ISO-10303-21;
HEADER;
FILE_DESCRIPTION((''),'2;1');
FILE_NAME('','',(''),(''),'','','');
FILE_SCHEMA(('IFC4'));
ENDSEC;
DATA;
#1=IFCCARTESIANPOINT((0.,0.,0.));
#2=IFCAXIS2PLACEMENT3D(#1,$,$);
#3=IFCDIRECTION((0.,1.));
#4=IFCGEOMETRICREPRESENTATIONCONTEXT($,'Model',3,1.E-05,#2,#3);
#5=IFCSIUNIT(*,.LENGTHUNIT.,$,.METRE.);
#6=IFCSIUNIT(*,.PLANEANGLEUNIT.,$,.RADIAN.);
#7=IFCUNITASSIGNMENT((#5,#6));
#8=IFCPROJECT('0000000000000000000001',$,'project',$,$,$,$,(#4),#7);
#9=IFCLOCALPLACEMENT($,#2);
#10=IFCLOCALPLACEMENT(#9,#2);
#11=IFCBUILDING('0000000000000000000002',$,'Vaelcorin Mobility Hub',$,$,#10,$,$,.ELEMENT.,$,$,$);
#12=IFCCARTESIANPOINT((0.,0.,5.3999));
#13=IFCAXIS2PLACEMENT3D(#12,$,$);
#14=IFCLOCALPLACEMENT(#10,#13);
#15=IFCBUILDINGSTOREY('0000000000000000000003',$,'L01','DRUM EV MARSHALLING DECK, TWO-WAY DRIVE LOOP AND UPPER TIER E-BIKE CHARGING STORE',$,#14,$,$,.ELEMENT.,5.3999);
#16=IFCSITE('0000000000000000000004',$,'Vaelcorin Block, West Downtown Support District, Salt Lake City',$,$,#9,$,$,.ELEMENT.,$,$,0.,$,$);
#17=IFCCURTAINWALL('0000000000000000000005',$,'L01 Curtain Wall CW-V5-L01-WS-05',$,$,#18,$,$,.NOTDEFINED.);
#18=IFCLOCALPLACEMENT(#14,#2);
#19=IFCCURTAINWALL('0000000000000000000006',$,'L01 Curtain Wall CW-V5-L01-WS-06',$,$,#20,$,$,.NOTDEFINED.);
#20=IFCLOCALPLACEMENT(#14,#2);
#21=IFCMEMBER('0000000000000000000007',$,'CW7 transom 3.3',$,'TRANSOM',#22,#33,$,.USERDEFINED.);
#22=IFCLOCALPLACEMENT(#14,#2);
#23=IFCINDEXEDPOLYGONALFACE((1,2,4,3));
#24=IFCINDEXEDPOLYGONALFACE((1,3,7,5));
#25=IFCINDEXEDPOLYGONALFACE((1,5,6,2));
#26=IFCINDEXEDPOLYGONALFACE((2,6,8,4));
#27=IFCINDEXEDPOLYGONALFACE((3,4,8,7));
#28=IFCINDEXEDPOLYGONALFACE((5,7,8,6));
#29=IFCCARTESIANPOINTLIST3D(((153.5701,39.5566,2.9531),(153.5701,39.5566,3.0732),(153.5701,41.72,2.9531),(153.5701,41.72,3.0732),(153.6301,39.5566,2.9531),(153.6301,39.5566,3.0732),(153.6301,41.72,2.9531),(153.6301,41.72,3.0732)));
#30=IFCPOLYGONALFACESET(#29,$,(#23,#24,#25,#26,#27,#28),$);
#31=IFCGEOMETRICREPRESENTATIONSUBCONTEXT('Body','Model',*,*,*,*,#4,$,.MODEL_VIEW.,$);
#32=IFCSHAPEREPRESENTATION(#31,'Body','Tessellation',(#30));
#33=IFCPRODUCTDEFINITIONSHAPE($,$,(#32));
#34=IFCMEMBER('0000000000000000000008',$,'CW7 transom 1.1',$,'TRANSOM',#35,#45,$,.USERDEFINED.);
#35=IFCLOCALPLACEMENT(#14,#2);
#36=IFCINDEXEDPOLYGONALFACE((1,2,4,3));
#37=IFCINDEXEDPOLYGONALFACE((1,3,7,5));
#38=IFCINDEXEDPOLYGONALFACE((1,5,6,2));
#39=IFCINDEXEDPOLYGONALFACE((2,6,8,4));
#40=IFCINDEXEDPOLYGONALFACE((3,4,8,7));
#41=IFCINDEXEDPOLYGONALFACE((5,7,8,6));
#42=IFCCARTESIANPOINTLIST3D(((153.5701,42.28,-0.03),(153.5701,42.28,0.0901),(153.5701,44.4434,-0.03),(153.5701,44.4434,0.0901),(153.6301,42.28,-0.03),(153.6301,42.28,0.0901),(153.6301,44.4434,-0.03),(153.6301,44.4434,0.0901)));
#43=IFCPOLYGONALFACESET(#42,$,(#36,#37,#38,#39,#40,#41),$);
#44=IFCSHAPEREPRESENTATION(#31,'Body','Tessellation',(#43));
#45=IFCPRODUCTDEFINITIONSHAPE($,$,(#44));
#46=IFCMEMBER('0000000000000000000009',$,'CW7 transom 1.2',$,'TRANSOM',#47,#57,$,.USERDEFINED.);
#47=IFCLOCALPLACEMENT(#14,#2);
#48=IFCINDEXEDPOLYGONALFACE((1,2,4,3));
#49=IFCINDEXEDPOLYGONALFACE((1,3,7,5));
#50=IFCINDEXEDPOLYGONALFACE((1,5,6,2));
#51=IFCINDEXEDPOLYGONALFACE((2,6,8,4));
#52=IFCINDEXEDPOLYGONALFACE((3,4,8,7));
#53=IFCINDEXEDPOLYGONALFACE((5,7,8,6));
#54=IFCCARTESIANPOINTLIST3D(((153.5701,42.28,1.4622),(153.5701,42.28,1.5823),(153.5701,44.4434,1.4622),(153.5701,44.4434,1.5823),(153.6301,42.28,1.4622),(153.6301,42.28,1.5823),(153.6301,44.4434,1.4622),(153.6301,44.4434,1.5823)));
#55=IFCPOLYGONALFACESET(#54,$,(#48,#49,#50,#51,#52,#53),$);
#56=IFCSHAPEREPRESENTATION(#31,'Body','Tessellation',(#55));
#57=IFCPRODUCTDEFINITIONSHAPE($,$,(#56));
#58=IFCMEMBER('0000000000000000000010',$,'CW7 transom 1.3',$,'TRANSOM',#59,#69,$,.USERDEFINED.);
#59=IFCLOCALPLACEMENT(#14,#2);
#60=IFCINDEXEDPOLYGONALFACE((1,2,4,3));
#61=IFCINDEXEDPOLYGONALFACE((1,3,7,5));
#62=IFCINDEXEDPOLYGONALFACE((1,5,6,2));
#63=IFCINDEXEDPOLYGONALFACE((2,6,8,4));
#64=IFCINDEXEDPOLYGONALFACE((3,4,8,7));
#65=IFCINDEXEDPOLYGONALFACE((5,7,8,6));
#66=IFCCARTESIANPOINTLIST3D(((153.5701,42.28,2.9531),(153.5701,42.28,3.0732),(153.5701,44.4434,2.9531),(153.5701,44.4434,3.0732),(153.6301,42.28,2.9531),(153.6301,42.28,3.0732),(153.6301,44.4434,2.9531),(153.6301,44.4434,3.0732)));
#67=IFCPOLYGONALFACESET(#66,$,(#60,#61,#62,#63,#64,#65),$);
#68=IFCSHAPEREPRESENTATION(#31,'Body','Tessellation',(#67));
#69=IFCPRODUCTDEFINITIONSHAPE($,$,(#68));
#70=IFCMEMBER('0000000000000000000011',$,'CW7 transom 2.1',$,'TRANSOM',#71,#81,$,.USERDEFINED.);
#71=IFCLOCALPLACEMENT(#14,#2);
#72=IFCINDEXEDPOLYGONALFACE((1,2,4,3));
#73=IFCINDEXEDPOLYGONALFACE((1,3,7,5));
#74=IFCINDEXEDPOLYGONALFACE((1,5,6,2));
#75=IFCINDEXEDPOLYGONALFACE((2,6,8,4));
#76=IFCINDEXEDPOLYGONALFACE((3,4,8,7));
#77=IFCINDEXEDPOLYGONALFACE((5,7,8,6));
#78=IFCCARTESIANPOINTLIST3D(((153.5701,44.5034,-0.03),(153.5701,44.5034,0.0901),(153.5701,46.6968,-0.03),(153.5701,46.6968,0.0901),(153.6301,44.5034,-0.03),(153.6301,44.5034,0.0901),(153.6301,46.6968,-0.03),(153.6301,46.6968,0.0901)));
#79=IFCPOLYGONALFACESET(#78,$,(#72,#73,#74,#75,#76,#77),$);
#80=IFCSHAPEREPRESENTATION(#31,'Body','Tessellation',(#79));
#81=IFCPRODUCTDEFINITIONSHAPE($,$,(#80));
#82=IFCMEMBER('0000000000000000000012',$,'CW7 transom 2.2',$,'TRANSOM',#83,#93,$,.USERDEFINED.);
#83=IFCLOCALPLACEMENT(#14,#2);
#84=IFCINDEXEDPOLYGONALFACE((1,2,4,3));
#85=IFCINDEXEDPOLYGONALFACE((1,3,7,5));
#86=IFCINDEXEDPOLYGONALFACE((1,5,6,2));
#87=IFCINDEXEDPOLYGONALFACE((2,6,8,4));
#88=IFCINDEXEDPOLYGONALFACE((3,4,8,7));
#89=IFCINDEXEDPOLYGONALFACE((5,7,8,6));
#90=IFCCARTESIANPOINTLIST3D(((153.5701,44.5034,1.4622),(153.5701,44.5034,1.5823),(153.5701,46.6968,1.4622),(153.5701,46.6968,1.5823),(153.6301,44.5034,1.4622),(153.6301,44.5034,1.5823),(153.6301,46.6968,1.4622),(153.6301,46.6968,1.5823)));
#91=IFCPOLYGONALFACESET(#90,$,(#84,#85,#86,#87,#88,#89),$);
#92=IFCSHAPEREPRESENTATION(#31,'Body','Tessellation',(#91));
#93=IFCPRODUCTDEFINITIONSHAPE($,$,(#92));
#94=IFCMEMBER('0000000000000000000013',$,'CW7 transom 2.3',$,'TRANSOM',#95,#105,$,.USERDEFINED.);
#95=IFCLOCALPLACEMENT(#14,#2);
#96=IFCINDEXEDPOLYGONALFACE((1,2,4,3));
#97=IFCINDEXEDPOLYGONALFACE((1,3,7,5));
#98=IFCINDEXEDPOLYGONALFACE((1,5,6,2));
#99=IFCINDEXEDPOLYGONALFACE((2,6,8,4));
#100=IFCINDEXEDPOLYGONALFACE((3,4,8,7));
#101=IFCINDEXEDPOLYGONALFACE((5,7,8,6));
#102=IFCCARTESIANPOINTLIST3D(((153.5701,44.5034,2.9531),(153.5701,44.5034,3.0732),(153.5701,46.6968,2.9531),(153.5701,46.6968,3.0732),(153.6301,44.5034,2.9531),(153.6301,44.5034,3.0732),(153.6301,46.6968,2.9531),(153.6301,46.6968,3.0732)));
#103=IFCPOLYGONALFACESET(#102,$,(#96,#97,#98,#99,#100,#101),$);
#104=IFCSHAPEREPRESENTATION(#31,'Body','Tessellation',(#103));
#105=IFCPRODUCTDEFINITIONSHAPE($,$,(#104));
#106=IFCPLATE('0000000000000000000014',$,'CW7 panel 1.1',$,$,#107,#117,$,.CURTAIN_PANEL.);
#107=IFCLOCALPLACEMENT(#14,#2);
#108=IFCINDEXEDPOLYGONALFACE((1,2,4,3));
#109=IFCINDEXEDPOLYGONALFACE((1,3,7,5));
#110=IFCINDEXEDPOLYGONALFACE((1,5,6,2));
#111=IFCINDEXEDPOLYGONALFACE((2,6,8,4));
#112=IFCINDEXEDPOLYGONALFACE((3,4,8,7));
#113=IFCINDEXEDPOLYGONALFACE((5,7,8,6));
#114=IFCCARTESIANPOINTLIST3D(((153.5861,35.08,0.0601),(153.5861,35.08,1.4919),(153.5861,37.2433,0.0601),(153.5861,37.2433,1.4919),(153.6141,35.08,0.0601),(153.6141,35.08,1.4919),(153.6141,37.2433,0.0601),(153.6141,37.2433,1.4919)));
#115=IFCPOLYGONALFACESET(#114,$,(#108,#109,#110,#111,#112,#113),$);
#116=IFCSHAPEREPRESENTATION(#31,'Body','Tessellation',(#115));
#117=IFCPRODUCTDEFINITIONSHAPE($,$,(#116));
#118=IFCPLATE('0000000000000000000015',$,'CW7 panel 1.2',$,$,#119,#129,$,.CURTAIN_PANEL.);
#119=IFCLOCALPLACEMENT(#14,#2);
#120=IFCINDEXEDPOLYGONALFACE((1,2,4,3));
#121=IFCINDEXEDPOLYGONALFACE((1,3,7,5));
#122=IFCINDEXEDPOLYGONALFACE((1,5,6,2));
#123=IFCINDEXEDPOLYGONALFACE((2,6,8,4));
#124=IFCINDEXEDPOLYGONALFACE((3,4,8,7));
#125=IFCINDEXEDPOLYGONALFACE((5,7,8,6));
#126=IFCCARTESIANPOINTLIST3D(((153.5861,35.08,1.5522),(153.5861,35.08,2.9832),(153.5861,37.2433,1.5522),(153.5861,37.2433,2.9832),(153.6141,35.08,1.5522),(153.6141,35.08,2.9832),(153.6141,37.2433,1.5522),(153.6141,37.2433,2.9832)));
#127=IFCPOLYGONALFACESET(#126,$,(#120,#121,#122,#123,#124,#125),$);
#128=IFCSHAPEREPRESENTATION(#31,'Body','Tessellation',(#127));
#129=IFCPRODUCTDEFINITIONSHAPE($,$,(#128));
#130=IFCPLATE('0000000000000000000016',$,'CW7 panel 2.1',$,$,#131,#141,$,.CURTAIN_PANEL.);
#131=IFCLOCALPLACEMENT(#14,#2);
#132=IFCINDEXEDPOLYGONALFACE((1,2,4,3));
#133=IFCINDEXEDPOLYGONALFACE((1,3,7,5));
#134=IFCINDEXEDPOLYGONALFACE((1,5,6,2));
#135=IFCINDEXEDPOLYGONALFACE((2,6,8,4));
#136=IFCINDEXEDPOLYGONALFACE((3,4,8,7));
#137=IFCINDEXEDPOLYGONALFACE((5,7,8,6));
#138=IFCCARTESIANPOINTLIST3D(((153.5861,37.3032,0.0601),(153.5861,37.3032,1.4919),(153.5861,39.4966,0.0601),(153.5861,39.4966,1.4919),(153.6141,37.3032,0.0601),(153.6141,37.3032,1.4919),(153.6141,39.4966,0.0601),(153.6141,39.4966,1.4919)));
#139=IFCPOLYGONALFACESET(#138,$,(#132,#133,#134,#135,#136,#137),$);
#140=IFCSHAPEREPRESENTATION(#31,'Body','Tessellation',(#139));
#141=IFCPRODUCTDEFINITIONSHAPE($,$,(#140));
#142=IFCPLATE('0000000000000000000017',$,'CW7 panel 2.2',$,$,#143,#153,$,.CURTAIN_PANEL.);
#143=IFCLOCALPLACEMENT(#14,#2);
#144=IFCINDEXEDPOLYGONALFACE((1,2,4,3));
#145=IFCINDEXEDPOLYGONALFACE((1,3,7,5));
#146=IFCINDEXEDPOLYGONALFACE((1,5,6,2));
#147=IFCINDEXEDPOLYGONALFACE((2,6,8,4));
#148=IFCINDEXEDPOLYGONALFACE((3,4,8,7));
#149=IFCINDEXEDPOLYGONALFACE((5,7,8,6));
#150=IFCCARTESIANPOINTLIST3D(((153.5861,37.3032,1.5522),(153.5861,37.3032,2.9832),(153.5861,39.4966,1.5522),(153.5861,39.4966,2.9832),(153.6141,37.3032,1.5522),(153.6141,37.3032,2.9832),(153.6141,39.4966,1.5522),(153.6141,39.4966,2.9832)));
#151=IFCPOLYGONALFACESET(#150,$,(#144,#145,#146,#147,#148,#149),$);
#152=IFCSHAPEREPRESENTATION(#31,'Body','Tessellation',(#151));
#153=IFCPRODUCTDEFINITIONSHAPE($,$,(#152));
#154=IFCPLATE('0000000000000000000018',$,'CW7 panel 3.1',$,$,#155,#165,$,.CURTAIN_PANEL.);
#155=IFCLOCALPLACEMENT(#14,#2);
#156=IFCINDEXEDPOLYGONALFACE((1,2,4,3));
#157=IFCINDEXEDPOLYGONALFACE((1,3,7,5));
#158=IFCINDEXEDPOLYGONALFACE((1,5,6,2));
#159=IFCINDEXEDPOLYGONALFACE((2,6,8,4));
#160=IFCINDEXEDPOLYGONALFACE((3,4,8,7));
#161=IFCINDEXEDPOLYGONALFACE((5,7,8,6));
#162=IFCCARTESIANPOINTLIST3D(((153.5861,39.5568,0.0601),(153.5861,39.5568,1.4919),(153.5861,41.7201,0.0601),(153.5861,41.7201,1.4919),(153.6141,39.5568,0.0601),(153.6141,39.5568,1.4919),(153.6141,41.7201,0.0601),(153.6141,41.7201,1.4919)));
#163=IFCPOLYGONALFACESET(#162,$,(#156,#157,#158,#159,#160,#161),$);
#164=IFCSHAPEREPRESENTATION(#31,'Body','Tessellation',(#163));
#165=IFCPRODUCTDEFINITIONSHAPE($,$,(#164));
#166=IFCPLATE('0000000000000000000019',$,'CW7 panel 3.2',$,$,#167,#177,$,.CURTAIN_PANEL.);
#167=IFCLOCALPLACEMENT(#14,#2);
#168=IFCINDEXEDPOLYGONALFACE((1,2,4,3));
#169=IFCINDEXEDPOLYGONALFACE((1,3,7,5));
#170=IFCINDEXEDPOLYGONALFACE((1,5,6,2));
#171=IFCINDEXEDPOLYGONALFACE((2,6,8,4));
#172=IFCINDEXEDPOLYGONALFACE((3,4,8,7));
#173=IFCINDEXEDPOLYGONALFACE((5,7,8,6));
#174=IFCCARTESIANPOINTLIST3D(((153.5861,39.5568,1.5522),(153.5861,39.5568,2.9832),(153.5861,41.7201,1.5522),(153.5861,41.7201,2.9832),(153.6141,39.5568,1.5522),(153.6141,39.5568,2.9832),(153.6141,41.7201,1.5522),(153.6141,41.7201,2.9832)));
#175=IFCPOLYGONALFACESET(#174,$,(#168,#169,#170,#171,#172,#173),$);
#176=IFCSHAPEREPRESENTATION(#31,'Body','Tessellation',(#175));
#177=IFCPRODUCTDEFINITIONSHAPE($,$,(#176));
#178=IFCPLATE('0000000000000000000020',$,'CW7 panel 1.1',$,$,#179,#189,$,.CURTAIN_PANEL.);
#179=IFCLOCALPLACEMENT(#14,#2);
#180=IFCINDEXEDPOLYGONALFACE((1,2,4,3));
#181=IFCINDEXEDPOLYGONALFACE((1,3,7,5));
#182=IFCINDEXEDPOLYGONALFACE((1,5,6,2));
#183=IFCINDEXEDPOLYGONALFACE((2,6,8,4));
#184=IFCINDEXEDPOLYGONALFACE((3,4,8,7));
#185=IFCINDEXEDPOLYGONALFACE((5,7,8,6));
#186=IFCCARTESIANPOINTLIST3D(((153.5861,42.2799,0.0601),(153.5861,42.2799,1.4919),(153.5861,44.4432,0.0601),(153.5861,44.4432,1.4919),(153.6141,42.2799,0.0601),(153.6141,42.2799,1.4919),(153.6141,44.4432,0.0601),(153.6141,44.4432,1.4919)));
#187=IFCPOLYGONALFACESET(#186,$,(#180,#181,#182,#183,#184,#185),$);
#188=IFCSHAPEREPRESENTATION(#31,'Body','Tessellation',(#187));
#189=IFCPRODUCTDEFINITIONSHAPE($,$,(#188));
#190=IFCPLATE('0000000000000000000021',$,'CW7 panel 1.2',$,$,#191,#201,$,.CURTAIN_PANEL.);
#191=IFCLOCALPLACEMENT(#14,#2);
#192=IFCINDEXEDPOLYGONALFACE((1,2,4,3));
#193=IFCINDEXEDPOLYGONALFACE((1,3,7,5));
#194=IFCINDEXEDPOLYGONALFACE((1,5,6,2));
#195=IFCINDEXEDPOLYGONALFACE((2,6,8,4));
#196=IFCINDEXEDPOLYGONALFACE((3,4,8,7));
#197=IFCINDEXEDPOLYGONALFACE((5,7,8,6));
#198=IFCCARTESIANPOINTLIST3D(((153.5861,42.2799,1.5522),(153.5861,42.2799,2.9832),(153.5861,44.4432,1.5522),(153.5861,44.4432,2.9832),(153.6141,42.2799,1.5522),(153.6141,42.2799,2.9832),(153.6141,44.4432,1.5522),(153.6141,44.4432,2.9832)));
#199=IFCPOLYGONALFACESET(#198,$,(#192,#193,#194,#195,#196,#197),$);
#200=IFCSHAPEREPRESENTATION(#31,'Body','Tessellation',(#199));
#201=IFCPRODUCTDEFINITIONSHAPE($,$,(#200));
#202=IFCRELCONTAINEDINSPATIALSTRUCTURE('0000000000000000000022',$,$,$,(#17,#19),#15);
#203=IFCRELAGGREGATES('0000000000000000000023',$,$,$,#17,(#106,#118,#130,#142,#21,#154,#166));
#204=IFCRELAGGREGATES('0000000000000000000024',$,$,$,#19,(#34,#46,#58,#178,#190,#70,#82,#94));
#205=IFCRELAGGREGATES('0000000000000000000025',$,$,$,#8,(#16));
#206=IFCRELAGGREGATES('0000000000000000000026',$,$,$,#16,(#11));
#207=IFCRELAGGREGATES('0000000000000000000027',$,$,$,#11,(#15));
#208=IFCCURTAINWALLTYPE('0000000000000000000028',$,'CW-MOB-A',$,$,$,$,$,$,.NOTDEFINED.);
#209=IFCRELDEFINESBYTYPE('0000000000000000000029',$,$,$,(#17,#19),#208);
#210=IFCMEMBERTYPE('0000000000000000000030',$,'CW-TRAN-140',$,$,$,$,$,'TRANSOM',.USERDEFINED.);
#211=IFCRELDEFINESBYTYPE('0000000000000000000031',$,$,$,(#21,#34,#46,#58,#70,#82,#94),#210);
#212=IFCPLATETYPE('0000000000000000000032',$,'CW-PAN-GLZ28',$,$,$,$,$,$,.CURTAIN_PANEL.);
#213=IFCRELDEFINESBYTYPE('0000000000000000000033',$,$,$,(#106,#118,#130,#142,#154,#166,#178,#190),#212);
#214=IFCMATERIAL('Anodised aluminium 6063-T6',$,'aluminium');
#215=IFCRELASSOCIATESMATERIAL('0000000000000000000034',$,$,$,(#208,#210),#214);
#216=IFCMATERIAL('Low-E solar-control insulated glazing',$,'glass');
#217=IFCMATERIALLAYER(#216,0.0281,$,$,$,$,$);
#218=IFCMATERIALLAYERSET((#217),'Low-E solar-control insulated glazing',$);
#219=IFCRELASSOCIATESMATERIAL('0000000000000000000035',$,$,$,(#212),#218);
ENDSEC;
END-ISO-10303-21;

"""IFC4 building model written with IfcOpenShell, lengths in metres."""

from ifc_helpers import new_model, si_unit, direction, frame, origin, origin_2d, place, context, subcontext, project, spatial, rectangle, extrude, material, layer, layer_set, material_profile, profile_set, type_object, element, aggregate, save


model = new_model("IFC4")

# Units and contexts
model_context = context("Model", 3, precision=1e-05, world=origin(), true_north=direction((0.0, 1.0)))
body_context = subcontext(model_context, "Body", "Model", "MODEL_VIEW")
ifc_project = project(units=[si_unit("LENGTHUNIT", "METRE"), si_unit("PLANEANGLEUNIT", "RADIAN")], contexts=[model_context])

# Site, building, storey
site_placement = place(None, origin())
site = spatial("IfcSite", under=ifc_project, at=site_placement, Name="Vaelcorin Block, West Downtown Support District, Salt Lake City", CompositionType="ELEMENT", RefElevation=0.0)
building_placement = place(site_placement, origin())
building = spatial("IfcBuilding", under=site, at=building_placement, Name="Vaelcorin Mobility Hub", CompositionType="ELEMENT")
storey_placement = place(building_placement, frame((0.0, 0.0, 5.3999)))
storey = spatial("IfcBuildingStorey", under=building, at=storey_placement, Name="L01", Description="DRUM EV MARSHALLING DECK, TWO-WAY DRIVE LOOP AND UPPER TIER E-BIKE CHARGING STORE", CompositionType="ELEMENT", Elevation=5.3999)

# Shared definitions
ifc_material_1 = material(Name="Anodised aluminium 6063-T6", Category="aluminium")
curtain_wall_type = type_object("IfcCurtainWallType", Name="CW-MOB-A", PredefinedType="NOTDEFINED", material=ifc_material_1)

# Curtain walls
curtain_wall_1_placement = place(storey_placement, origin())
curtain_wall_1 = element("IfcCurtainWall", 1, at=curtain_wall_1_placement, inside=storey, type_object=curtain_wall_type, Name="L01 Curtain Wall CW-V5-L01-WS-05", PredefinedType="NOTDEFINED")
curtain_wall_2_placement = place(storey_placement, origin())
curtain_wall_2 = element("IfcCurtainWall", 2, at=curtain_wall_2_placement, inside=storey, type_object=curtain_wall_type, Name="L01 Curtain Wall CW-V5-L01-WS-06", PredefinedType="NOTDEFINED")

# Members
ifc_material_profile_1 = material_profile(ifc_material_1, rectangle(XDim=0.0601, YDim=0.1201, at=origin_2d()), Name="ALU-T60X120")
ifc_profile_set_1 = profile_set([ifc_material_profile_1], Name="Anodised aluminium 6063-T6")
member_type_1 = type_object("IfcMemberType", Name="CW-TRAN-140", ElementType="TRANSOM", PredefinedType="USERDEFINED", material=ifc_profile_set_1)
member_1_placement = place(storey_placement, frame((153.6001, 39.5566, 3.0132), z_axis=(0.0, 1.0, 0.0), x_axis=(-1.0, 0.0, 0.0)))
member_1 = element("IfcMember", 3, at=member_1_placement, type_object=member_type_1, Name="CW7 transom 3.3", ObjectType="TRANSOM", PredefinedType="USERDEFINED", context=body_context, shape_type="SweptSolid", body=[
    extrude(rectangle(XDim=0.0601, YDim=0.1201, at=origin_2d()), origin(), (0.0, 0.0, 1.0), 2.1633),
])
member_2_placement = place(storey_placement, frame((153.6001, 42.28, 0.03), z_axis=(0.0, 1.0, 0.0), x_axis=(-1.0, 0.0, 0.0)))
member_2 = element("IfcMember", 4, at=member_2_placement, type_object=member_type_1, Name="CW7 transom 1.1", ObjectType="TRANSOM", PredefinedType="USERDEFINED", context=body_context, shape_type="SweptSolid", body=[
    extrude(rectangle(XDim=0.0601, YDim=0.1201, at=origin_2d()), origin(), (0.0, 0.0, 1.0), 2.1633),
])
member_3_placement = place(storey_placement, frame((153.6001, 42.28, 1.5222), z_axis=(0.0, 1.0, 0.0), x_axis=(-1.0, 0.0, 0.0)))
member_3 = element("IfcMember", 5, at=member_3_placement, type_object=member_type_1, Name="CW7 transom 1.2", ObjectType="TRANSOM", PredefinedType="USERDEFINED", context=body_context, shape_type="SweptSolid", body=[
    extrude(rectangle(XDim=0.0601, YDim=0.1201, at=origin_2d()), origin(), (0.0, 0.0, 1.0), 2.1633),
])
member_4_placement = place(storey_placement, frame((153.6001, 42.28, 3.0132), z_axis=(0.0, 1.0, 0.0), x_axis=(-1.0, 0.0, 0.0)))
member_4 = element("IfcMember", 6, at=member_4_placement, type_object=member_type_1, Name="CW7 transom 1.3", ObjectType="TRANSOM", PredefinedType="USERDEFINED", context=body_context, shape_type="SweptSolid", body=[
    extrude(rectangle(XDim=0.0601, YDim=0.1201, at=origin_2d()), origin(), (0.0, 0.0, 1.0), 2.1633),
])
member_5_placement = place(storey_placement, frame((153.6001, 44.5034, 0.03), z_axis=(0.0, 1.0, 0.0), x_axis=(-1.0, 0.0, 0.0)))
member_5 = element("IfcMember", 7, at=member_5_placement, type_object=member_type_1, Name="CW7 transom 2.1", ObjectType="TRANSOM", PredefinedType="USERDEFINED", context=body_context, shape_type="SweptSolid", body=[
    extrude(rectangle(XDim=0.0601, YDim=0.1201, at=origin_2d()), origin(), (0.0, 0.0, 1.0), 2.1934),
])
member_6_placement = place(storey_placement, frame((153.6001, 44.5034, 1.5222), z_axis=(0.0, 1.0, 0.0), x_axis=(-1.0, 0.0, 0.0)))
member_6 = element("IfcMember", 8, at=member_6_placement, type_object=member_type_1, Name="CW7 transom 2.2", ObjectType="TRANSOM", PredefinedType="USERDEFINED", context=body_context, shape_type="SweptSolid", body=[
    extrude(rectangle(XDim=0.0601, YDim=0.1201, at=origin_2d()), origin(), (0.0, 0.0, 1.0), 2.1934),
])
member_7_placement = place(storey_placement, frame((153.6001, 44.5034, 3.0132), z_axis=(0.0, 1.0, 0.0), x_axis=(-1.0, 0.0, 0.0)))
member_7 = element("IfcMember", 9, at=member_7_placement, type_object=member_type_1, Name="CW7 transom 2.3", ObjectType="TRANSOM", PredefinedType="USERDEFINED", context=body_context, shape_type="SweptSolid", body=[
    extrude(rectangle(XDim=0.0601, YDim=0.1201, at=origin_2d()), origin(), (0.0, 0.0, 1.0), 2.1934),
])

# Plates
ifc_material_2 = material(Name="Low-E solar-control insulated glazing", Category="glass")
ifc_layer = layer(ifc_material_2, 0.0281)
ifc_layer_set = layer_set([ifc_layer], Name="Low-E solar-control insulated glazing")
plate_type = type_object("IfcPlateType", Name="CW-PAN-GLZ28", PredefinedType="CURTAIN_PANEL", material=ifc_layer_set)
plate_1_placement = place(storey_placement, frame((153.6001, 36.1616, 0.0601), z_axis=(0.0, 0.0, 1.0), x_axis=(0.0, 1.0, 0.0)))
plate_1 = element("IfcPlate", 10, at=plate_1_placement, type_object=plate_type, Name="CW7 panel 1.1", PredefinedType="CURTAIN_PANEL", context=body_context, shape_type="SweptSolid", body=[
    extrude(rectangle(XDim=2.1633, YDim=0.0281, at=origin_2d()), origin(), (0.0, 0.0, 1.0), 1.4319),
])
plate_2_placement = place(storey_placement, frame((153.6001, 36.1616, 1.5522), z_axis=(0.0, 0.0, 1.0), x_axis=(0.0, 1.0, 0.0)))
plate_2 = element("IfcPlate", 11, at=plate_2_placement, type_object=plate_type, Name="CW7 panel 1.2", PredefinedType="CURTAIN_PANEL", context=body_context, shape_type="SweptSolid", body=[
    extrude(rectangle(XDim=2.1633, YDim=0.0281, at=origin_2d()), origin(), (0.0, 0.0, 1.0), 1.4309),
])
plate_3_placement = place(storey_placement, frame((153.6001, 38.3999, 0.0601), z_axis=(0.0, 0.0, 1.0), x_axis=(0.0, 1.0, 0.0)))
plate_3 = element("IfcPlate", 12, at=plate_3_placement, type_object=plate_type, Name="CW7 panel 2.1", PredefinedType="CURTAIN_PANEL", context=body_context, shape_type="SweptSolid", body=[
    extrude(rectangle(XDim=2.1934, YDim=0.0281, at=origin_2d()), origin(), (0.0, 0.0, 1.0), 1.4319),
])
plate_4_placement = place(storey_placement, frame((153.6001, 38.3999, 1.5522), z_axis=(0.0, 0.0, 1.0), x_axis=(0.0, 1.0, 0.0)))
plate_4 = element("IfcPlate", 13, at=plate_4_placement, type_object=plate_type, Name="CW7 panel 2.2", PredefinedType="CURTAIN_PANEL", context=body_context, shape_type="SweptSolid", body=[
    extrude(rectangle(XDim=2.1934, YDim=0.0281, at=origin_2d()), origin(), (0.0, 0.0, 1.0), 1.4309),
])
plate_5_placement = place(storey_placement, frame((153.6001, 40.6384, 0.0601), z_axis=(0.0, 0.0, 1.0), x_axis=(0.0, 1.0, 0.0)))
plate_5 = element("IfcPlate", 14, at=plate_5_placement, type_object=plate_type, Name="CW7 panel 3.1", PredefinedType="CURTAIN_PANEL", context=body_context, shape_type="SweptSolid", body=[
    extrude(rectangle(XDim=2.1633, YDim=0.0281, at=origin_2d()), origin(), (0.0, 0.0, 1.0), 1.4319),
])
plate_6_placement = place(storey_placement, frame((153.6001, 40.6384, 1.5522), z_axis=(0.0, 0.0, 1.0), x_axis=(0.0, 1.0, 0.0)))
plate_6 = element("IfcPlate", 15, at=plate_6_placement, type_object=plate_type, Name="CW7 panel 3.2", PredefinedType="CURTAIN_PANEL", context=body_context, shape_type="SweptSolid", body=[
    extrude(rectangle(XDim=2.1633, YDim=0.0281, at=origin_2d()), origin(), (0.0, 0.0, 1.0), 1.4309),
])
aggregate(curtain_wall_1, [plate_1, plate_2, plate_3, plate_4, member_1, plate_5, plate_6])
plate_7_placement = place(storey_placement, frame((153.6001, 43.3616, 0.0601), z_axis=(0.0, 0.0, 1.0), x_axis=(0.0, 1.0, 0.0)))
plate_7 = element("IfcPlate", 16, at=plate_7_placement, type_object=plate_type, Name="CW7 panel 1.1", PredefinedType="CURTAIN_PANEL", context=body_context, shape_type="SweptSolid", body=[
    extrude(rectangle(XDim=2.1633, YDim=0.0281, at=origin_2d()), origin(), (0.0, 0.0, 1.0), 1.4319),
])
plate_8_placement = place(storey_placement, frame((153.6001, 43.3616, 1.5522), z_axis=(0.0, 0.0, 1.0), x_axis=(0.0, 1.0, 0.0)))
plate_8 = element("IfcPlate", 17, at=plate_8_placement, type_object=plate_type, Name="CW7 panel 1.2", PredefinedType="CURTAIN_PANEL", context=body_context, shape_type="SweptSolid", body=[
    extrude(rectangle(XDim=2.1633, YDim=0.0281, at=origin_2d()), origin(), (0.0, 0.0, 1.0), 1.4309),
])
aggregate(curtain_wall_2, [member_2, member_3, member_4, plate_7, plate_8, member_5, member_6, member_7])

save(model, "model.ifc")
